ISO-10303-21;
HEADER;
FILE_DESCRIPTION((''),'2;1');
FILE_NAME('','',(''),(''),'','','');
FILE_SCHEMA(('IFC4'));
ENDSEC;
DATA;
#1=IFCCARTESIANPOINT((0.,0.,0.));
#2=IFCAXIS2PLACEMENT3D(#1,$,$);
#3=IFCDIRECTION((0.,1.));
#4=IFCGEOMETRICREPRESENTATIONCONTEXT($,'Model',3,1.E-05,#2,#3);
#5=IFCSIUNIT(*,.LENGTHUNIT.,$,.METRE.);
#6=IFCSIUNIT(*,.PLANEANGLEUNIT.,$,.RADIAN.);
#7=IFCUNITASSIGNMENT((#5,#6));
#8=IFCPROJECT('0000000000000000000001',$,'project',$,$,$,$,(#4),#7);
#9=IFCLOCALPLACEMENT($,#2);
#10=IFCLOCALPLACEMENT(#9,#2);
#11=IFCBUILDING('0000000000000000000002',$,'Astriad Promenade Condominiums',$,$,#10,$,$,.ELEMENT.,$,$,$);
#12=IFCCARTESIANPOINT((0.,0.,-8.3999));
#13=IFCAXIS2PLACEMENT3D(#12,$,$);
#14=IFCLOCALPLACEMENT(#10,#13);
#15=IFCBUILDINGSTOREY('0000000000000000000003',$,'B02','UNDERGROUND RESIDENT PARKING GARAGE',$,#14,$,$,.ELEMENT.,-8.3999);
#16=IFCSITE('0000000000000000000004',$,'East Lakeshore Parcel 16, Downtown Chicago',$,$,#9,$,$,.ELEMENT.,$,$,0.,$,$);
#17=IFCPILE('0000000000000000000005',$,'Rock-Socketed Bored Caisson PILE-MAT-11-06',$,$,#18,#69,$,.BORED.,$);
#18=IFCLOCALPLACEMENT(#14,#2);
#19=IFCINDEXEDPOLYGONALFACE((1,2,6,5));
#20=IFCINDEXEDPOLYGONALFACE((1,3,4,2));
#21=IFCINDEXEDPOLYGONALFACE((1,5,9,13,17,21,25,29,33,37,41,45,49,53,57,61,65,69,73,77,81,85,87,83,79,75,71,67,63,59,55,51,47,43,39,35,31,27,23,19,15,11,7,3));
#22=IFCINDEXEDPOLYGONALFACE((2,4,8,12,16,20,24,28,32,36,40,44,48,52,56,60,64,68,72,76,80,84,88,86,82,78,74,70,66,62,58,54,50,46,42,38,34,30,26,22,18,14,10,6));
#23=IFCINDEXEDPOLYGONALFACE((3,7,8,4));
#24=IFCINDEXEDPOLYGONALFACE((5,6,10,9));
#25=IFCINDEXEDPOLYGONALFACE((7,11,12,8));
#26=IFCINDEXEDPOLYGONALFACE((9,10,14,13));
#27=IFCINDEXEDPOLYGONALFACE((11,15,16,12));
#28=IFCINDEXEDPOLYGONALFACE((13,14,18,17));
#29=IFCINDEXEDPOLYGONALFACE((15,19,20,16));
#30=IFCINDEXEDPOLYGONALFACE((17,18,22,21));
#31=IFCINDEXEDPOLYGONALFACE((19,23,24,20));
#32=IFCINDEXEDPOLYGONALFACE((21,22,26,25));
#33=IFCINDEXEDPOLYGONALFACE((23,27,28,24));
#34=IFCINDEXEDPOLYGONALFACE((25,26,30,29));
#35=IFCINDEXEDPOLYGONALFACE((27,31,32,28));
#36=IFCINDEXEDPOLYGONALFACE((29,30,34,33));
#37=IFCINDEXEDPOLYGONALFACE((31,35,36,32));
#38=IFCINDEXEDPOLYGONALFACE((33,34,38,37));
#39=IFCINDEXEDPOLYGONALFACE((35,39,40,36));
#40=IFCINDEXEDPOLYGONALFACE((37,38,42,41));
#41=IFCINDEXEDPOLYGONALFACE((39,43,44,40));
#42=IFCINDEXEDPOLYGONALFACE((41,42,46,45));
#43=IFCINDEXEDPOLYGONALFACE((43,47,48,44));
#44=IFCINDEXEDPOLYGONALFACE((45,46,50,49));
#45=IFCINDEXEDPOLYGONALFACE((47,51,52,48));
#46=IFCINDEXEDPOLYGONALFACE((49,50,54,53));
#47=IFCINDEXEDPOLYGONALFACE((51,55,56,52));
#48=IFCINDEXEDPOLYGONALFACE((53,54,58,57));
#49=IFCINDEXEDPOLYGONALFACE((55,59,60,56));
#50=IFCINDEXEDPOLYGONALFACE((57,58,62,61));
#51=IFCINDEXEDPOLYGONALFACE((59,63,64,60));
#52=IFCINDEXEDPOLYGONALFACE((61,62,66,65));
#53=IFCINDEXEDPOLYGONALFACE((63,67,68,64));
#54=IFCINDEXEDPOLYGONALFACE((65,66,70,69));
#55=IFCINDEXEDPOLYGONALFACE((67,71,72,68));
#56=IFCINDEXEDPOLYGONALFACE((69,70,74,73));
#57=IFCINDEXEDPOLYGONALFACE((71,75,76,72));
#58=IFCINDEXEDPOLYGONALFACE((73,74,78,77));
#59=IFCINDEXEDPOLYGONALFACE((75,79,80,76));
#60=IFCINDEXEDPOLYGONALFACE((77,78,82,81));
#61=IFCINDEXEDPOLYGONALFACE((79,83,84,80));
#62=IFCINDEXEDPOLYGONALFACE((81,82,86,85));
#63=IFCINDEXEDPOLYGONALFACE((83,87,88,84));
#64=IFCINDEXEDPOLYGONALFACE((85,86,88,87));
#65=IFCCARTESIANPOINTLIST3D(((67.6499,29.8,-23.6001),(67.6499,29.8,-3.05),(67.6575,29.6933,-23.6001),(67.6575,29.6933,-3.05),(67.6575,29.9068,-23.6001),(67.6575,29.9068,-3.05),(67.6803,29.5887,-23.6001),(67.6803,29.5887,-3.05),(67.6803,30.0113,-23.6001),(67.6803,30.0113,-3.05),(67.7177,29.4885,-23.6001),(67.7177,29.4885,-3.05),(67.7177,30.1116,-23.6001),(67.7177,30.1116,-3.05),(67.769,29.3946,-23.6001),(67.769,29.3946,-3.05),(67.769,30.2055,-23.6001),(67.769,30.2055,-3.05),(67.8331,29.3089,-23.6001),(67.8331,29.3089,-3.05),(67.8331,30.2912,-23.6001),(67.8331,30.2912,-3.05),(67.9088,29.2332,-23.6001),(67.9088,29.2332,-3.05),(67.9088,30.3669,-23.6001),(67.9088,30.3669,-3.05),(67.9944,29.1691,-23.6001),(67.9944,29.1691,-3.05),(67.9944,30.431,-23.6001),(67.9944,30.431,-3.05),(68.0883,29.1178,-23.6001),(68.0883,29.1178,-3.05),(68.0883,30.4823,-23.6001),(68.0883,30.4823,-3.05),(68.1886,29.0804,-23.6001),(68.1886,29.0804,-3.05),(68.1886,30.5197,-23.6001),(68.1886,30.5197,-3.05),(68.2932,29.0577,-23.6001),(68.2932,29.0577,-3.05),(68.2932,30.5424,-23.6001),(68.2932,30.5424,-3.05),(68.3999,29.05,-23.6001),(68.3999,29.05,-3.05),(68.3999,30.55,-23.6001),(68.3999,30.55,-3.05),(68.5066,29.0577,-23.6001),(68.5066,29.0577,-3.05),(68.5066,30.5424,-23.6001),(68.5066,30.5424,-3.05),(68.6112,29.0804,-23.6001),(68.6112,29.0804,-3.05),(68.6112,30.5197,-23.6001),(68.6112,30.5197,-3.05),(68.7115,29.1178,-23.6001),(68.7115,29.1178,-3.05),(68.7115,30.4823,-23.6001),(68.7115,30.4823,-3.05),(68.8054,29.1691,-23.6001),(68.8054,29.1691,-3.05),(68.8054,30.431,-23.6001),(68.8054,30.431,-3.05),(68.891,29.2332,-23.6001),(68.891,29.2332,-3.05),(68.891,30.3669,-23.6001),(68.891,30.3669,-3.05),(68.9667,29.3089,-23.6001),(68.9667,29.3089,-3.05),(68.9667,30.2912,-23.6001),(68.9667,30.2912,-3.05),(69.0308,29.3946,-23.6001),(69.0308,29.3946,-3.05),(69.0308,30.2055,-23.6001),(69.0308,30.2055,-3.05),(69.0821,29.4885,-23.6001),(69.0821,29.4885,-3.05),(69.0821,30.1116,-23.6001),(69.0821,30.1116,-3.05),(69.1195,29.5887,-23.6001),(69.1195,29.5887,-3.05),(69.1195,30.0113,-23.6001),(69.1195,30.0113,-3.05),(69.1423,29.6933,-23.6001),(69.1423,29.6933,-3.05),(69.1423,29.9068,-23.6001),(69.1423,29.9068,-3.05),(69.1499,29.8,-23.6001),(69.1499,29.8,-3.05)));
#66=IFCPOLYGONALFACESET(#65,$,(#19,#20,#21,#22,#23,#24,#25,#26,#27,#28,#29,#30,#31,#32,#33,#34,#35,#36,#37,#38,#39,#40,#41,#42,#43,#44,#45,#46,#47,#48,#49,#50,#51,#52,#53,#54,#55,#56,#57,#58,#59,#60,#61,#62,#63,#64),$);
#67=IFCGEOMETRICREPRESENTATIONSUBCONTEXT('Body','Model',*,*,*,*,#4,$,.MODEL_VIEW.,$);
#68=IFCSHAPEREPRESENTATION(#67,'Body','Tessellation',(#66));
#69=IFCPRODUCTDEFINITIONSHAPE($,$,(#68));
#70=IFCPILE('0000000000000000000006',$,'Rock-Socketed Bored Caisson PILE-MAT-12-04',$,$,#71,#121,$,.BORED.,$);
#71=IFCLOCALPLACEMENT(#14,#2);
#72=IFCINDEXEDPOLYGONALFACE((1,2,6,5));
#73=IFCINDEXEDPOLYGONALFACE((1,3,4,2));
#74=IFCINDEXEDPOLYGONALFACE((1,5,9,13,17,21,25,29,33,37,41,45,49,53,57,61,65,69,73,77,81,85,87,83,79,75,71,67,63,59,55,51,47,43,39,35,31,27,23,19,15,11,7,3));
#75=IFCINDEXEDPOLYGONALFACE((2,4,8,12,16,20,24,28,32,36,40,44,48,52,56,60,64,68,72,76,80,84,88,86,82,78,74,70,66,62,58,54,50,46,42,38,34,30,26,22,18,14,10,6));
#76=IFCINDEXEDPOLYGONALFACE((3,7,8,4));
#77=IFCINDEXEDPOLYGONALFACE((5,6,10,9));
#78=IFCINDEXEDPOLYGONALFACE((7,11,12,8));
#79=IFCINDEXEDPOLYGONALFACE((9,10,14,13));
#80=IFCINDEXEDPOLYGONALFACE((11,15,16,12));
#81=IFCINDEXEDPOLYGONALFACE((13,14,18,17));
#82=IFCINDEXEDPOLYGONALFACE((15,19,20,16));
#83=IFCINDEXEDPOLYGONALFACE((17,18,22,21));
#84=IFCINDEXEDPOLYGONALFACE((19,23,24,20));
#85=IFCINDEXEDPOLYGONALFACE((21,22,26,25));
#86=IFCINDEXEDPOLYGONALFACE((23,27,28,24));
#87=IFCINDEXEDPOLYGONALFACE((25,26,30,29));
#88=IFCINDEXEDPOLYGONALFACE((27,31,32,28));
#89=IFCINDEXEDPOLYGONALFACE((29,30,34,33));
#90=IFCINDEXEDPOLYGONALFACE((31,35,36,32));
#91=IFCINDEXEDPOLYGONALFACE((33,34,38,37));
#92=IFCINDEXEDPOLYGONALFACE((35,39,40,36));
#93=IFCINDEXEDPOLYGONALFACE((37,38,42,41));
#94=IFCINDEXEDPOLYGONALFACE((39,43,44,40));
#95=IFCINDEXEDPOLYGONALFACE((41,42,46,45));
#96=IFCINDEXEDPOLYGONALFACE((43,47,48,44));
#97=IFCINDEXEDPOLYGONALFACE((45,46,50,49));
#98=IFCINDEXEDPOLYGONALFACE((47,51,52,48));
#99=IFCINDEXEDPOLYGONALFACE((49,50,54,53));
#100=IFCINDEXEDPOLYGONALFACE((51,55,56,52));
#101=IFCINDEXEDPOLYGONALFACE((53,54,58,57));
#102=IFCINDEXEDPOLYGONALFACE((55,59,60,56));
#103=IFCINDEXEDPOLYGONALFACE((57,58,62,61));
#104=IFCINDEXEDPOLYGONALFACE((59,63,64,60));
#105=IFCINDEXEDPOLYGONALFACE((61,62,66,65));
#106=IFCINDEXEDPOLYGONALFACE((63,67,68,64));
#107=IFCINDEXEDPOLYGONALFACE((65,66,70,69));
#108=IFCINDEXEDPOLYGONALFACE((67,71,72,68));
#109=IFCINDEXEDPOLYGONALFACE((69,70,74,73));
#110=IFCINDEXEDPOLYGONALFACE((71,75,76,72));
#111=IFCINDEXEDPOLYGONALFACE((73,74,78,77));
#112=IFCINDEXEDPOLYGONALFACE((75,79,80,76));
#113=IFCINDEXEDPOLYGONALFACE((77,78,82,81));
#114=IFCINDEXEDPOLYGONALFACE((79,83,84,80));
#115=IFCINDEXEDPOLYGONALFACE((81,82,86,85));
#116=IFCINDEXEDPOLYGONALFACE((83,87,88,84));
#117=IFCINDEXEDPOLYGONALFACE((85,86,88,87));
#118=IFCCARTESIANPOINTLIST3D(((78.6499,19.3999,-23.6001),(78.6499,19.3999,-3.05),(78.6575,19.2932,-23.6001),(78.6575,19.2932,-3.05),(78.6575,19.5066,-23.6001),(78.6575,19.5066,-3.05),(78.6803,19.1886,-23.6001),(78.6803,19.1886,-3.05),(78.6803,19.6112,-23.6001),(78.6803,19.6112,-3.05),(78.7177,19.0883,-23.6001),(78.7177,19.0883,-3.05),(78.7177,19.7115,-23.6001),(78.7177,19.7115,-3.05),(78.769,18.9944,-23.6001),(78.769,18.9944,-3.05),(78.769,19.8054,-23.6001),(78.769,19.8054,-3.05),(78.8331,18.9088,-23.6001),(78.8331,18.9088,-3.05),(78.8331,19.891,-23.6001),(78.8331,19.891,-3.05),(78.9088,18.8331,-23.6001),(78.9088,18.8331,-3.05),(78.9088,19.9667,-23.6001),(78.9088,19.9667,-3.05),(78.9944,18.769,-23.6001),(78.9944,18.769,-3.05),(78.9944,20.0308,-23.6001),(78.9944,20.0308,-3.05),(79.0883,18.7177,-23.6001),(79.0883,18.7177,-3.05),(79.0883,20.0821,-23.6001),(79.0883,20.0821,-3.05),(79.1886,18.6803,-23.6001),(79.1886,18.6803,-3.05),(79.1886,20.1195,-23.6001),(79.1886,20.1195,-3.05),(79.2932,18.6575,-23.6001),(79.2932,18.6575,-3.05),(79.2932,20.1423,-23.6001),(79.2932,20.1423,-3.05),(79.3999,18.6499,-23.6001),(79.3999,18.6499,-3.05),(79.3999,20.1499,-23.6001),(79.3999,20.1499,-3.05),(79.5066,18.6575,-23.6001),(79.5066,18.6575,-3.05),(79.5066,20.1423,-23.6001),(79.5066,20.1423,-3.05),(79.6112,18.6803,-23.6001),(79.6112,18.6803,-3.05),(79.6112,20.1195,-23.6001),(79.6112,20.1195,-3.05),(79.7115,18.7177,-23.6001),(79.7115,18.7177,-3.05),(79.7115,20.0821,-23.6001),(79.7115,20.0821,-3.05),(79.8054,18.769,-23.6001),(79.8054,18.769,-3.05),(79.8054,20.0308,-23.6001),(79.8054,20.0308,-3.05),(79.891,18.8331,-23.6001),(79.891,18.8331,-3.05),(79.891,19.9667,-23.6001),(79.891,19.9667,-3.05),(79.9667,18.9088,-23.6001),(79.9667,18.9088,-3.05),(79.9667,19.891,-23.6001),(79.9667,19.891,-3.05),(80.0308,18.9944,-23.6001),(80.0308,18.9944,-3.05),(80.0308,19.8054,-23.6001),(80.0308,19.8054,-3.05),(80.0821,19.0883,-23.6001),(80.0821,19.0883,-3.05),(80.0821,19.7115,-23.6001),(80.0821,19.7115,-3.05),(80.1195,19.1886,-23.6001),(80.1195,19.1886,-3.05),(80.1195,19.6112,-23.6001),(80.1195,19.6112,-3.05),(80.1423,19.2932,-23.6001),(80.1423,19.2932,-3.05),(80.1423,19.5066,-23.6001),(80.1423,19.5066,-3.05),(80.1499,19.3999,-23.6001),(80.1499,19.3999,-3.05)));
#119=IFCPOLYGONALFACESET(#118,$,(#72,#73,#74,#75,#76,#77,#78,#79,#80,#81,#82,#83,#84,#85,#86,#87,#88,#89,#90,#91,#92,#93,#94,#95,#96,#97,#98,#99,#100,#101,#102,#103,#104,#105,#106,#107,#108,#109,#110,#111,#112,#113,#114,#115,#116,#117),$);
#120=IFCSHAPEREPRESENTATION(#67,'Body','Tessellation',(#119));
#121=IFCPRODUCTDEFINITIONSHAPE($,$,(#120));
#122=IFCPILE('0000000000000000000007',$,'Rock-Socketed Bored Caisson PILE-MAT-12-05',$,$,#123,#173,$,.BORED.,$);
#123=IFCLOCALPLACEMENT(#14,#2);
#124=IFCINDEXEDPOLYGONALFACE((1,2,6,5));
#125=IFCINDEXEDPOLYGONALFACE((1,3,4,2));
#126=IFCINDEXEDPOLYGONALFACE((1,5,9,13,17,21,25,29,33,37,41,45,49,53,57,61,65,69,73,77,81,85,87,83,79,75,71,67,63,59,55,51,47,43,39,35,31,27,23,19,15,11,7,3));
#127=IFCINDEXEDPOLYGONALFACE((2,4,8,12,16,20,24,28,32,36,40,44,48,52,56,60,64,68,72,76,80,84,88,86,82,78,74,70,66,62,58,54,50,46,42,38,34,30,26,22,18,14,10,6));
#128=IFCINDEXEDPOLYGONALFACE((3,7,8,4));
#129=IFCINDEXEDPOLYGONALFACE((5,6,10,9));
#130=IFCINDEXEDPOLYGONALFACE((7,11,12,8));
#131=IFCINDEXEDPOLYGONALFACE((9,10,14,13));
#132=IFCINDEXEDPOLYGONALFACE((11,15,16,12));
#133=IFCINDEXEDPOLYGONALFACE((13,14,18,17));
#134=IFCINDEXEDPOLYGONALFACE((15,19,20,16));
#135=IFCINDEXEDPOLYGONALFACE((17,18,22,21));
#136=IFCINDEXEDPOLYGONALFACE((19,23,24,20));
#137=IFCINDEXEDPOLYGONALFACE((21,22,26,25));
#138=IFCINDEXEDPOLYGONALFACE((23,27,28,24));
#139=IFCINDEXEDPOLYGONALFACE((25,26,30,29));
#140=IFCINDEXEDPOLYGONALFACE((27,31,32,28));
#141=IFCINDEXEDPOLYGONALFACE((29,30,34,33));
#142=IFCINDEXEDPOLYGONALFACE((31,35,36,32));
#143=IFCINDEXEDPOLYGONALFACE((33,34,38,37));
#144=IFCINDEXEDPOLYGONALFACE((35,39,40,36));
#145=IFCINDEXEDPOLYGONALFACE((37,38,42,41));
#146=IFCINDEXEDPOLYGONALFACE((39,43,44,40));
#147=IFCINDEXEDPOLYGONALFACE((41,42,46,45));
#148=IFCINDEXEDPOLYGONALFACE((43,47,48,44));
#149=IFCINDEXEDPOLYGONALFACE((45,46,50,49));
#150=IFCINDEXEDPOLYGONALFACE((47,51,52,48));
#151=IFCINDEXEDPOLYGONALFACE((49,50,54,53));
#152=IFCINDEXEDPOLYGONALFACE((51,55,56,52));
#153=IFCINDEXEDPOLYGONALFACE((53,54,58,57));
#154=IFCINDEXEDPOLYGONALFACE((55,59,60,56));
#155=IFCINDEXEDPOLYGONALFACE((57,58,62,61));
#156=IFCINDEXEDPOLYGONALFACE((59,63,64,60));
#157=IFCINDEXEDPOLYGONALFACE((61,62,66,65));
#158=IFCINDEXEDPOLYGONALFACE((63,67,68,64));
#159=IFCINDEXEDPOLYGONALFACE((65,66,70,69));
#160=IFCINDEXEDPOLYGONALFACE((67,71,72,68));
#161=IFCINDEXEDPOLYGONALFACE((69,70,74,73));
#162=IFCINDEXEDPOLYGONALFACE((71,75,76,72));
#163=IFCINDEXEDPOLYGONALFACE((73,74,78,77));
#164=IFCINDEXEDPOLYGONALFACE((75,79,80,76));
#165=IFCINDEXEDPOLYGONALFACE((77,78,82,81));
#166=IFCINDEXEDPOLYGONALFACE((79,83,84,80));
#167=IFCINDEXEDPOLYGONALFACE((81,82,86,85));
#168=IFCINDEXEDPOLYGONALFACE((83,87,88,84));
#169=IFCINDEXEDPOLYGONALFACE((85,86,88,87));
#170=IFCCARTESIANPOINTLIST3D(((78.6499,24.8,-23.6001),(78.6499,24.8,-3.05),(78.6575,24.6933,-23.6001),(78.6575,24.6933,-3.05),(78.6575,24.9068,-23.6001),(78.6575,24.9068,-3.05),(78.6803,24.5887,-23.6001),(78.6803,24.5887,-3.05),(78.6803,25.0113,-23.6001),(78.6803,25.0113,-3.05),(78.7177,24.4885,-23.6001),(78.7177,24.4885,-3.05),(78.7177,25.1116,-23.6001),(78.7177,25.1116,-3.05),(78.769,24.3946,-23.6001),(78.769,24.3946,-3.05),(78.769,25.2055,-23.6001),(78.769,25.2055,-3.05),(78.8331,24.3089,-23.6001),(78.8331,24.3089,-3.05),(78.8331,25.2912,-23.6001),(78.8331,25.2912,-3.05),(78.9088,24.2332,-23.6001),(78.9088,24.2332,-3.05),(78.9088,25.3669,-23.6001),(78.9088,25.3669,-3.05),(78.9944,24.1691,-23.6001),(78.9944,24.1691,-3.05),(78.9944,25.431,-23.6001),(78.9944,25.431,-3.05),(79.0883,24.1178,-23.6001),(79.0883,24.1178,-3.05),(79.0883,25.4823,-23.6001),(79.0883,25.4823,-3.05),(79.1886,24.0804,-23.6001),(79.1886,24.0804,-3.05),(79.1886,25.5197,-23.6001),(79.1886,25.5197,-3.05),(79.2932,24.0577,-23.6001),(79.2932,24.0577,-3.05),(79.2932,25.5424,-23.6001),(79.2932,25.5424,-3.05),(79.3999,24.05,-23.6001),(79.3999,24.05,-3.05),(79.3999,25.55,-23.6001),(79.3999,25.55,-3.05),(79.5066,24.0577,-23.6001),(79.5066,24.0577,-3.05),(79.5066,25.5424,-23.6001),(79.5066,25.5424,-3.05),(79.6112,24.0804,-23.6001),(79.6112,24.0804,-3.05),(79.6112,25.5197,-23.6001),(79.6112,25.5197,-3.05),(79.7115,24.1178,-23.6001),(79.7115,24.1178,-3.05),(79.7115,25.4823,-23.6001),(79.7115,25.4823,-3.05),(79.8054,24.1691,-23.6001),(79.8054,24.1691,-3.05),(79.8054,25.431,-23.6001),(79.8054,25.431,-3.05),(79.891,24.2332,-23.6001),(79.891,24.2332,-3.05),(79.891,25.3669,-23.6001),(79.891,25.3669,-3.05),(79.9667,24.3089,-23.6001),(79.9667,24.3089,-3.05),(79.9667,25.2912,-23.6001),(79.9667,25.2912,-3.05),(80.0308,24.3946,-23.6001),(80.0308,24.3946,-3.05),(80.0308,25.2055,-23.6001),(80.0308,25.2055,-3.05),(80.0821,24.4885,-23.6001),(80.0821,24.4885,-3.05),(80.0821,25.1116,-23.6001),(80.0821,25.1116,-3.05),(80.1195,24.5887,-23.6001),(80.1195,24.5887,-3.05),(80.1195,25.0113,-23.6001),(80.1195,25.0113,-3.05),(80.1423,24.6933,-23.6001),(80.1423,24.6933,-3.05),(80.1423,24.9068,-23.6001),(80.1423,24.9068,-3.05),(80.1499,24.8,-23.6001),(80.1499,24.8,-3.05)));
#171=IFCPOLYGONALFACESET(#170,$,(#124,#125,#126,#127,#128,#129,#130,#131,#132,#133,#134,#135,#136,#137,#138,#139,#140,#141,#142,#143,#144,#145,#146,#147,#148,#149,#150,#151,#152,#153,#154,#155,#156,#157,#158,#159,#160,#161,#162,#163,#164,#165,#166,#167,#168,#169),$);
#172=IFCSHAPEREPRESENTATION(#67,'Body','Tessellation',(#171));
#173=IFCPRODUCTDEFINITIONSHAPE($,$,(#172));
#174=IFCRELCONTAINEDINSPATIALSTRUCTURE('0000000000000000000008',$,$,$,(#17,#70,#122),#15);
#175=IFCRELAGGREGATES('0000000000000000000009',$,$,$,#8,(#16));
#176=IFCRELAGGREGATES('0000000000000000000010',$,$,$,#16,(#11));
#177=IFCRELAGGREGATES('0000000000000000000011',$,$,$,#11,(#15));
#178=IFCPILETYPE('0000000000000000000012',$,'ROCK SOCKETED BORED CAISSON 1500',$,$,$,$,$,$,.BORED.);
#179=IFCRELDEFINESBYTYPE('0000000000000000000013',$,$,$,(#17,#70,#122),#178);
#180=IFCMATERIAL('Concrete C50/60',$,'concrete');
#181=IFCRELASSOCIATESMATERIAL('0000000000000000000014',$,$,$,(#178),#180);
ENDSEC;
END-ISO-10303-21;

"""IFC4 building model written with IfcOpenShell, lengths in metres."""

from ifc_helpers import new_model, si_unit, direction, frame, origin, origin_2d, place, context, subcontext, project, spatial, circle, extrude, source, transform, mapped, material, material_profile, profile_set, type_object, type_shapes, element, save


model = new_model("IFC4")

# Units and contexts
model_context = context("Model", 3, precision=1e-05, world=origin(), true_north=direction((0.0, 1.0)))
body_context = subcontext(model_context, "Body", "Model", "MODEL_VIEW")
ifc_project = project(units=[si_unit("LENGTHUNIT", "METRE"), si_unit("PLANEANGLEUNIT", "RADIAN")], contexts=[model_context])

# Site, building, storey
site_placement = place(None, origin())
site = spatial("IfcSite", under=ifc_project, at=site_placement, Name="East Lakeshore Parcel 16, Downtown Chicago", CompositionType="ELEMENT", RefElevation=0.0)
building_placement = place(site_placement, origin())
building = spatial("IfcBuilding", under=site, at=building_placement, Name="Astriad Promenade Condominiums", CompositionType="ELEMENT")
storey_placement = place(building_placement, frame((0.0, 0.0, -8.3999)))
storey = spatial("IfcBuildingStorey", under=building, at=storey_placement, Name="B02", Description="UNDERGROUND RESIDENT PARKING GARAGE", CompositionType="ELEMENT", Elevation=-8.3999)

# Piles
ifc_material_1 = material(Name="Concrete C50/60", Category="concrete")
ifc_material_profile_1 = material_profile(ifc_material_1, circle(Radius=0.75, at=origin_2d()), Name="CAISSON-D1500")
ifc_profile_set_1 = profile_set([ifc_material_profile_1], Name="Concrete C50/60")
pile_type_1 = type_object("IfcPileType", Name="ROCK SOCKETED BORED CAISSON 1500", PredefinedType="BORED", material=ifc_profile_set_1)
shared_shape_1 = source(origin(), body_context, "Body", "SweptSolid", [
    extrude(circle(Radius=0.75, at=origin_2d()), origin(), (0.0, 0.0, 1.0), 20.55),
])
type_shapes(pile_type_1, [shared_shape_1])
for number, where, z_axis, x_axis, name in (
    (1, (68.3999, 29.8, -3.05), (0.0, 0.0, -1.0), (1.0, 0.0, 0.0), "Rock-Socketed Bored Caisson PILE-MAT-11-06"),
    (2, (79.3999, 19.3999, -3.05), (0.0, 0.0, -1.0), (1.0, 0.0, 0.0), "Rock-Socketed Bored Caisson PILE-MAT-12-04"),
    (3, (79.3999, 24.8, -3.05), (0.0, 0.0, -1.0), (1.0, 0.0, 0.0), "Rock-Socketed Bored Caisson PILE-MAT-12-05"),
):
    element("IfcPile", number, at=place(storey_placement, frame(where, z_axis=z_axis, x_axis=x_axis)), inside=storey, type_object=pile_type_1, Name=name, PredefinedType="BORED", context=body_context, shape_type="MappedRepresentation", body=[
        mapped(shared_shape_1, transform((0.0, 0.0, 0.0), scale=1.0)),
    ])

save(model, "model.ifc")
